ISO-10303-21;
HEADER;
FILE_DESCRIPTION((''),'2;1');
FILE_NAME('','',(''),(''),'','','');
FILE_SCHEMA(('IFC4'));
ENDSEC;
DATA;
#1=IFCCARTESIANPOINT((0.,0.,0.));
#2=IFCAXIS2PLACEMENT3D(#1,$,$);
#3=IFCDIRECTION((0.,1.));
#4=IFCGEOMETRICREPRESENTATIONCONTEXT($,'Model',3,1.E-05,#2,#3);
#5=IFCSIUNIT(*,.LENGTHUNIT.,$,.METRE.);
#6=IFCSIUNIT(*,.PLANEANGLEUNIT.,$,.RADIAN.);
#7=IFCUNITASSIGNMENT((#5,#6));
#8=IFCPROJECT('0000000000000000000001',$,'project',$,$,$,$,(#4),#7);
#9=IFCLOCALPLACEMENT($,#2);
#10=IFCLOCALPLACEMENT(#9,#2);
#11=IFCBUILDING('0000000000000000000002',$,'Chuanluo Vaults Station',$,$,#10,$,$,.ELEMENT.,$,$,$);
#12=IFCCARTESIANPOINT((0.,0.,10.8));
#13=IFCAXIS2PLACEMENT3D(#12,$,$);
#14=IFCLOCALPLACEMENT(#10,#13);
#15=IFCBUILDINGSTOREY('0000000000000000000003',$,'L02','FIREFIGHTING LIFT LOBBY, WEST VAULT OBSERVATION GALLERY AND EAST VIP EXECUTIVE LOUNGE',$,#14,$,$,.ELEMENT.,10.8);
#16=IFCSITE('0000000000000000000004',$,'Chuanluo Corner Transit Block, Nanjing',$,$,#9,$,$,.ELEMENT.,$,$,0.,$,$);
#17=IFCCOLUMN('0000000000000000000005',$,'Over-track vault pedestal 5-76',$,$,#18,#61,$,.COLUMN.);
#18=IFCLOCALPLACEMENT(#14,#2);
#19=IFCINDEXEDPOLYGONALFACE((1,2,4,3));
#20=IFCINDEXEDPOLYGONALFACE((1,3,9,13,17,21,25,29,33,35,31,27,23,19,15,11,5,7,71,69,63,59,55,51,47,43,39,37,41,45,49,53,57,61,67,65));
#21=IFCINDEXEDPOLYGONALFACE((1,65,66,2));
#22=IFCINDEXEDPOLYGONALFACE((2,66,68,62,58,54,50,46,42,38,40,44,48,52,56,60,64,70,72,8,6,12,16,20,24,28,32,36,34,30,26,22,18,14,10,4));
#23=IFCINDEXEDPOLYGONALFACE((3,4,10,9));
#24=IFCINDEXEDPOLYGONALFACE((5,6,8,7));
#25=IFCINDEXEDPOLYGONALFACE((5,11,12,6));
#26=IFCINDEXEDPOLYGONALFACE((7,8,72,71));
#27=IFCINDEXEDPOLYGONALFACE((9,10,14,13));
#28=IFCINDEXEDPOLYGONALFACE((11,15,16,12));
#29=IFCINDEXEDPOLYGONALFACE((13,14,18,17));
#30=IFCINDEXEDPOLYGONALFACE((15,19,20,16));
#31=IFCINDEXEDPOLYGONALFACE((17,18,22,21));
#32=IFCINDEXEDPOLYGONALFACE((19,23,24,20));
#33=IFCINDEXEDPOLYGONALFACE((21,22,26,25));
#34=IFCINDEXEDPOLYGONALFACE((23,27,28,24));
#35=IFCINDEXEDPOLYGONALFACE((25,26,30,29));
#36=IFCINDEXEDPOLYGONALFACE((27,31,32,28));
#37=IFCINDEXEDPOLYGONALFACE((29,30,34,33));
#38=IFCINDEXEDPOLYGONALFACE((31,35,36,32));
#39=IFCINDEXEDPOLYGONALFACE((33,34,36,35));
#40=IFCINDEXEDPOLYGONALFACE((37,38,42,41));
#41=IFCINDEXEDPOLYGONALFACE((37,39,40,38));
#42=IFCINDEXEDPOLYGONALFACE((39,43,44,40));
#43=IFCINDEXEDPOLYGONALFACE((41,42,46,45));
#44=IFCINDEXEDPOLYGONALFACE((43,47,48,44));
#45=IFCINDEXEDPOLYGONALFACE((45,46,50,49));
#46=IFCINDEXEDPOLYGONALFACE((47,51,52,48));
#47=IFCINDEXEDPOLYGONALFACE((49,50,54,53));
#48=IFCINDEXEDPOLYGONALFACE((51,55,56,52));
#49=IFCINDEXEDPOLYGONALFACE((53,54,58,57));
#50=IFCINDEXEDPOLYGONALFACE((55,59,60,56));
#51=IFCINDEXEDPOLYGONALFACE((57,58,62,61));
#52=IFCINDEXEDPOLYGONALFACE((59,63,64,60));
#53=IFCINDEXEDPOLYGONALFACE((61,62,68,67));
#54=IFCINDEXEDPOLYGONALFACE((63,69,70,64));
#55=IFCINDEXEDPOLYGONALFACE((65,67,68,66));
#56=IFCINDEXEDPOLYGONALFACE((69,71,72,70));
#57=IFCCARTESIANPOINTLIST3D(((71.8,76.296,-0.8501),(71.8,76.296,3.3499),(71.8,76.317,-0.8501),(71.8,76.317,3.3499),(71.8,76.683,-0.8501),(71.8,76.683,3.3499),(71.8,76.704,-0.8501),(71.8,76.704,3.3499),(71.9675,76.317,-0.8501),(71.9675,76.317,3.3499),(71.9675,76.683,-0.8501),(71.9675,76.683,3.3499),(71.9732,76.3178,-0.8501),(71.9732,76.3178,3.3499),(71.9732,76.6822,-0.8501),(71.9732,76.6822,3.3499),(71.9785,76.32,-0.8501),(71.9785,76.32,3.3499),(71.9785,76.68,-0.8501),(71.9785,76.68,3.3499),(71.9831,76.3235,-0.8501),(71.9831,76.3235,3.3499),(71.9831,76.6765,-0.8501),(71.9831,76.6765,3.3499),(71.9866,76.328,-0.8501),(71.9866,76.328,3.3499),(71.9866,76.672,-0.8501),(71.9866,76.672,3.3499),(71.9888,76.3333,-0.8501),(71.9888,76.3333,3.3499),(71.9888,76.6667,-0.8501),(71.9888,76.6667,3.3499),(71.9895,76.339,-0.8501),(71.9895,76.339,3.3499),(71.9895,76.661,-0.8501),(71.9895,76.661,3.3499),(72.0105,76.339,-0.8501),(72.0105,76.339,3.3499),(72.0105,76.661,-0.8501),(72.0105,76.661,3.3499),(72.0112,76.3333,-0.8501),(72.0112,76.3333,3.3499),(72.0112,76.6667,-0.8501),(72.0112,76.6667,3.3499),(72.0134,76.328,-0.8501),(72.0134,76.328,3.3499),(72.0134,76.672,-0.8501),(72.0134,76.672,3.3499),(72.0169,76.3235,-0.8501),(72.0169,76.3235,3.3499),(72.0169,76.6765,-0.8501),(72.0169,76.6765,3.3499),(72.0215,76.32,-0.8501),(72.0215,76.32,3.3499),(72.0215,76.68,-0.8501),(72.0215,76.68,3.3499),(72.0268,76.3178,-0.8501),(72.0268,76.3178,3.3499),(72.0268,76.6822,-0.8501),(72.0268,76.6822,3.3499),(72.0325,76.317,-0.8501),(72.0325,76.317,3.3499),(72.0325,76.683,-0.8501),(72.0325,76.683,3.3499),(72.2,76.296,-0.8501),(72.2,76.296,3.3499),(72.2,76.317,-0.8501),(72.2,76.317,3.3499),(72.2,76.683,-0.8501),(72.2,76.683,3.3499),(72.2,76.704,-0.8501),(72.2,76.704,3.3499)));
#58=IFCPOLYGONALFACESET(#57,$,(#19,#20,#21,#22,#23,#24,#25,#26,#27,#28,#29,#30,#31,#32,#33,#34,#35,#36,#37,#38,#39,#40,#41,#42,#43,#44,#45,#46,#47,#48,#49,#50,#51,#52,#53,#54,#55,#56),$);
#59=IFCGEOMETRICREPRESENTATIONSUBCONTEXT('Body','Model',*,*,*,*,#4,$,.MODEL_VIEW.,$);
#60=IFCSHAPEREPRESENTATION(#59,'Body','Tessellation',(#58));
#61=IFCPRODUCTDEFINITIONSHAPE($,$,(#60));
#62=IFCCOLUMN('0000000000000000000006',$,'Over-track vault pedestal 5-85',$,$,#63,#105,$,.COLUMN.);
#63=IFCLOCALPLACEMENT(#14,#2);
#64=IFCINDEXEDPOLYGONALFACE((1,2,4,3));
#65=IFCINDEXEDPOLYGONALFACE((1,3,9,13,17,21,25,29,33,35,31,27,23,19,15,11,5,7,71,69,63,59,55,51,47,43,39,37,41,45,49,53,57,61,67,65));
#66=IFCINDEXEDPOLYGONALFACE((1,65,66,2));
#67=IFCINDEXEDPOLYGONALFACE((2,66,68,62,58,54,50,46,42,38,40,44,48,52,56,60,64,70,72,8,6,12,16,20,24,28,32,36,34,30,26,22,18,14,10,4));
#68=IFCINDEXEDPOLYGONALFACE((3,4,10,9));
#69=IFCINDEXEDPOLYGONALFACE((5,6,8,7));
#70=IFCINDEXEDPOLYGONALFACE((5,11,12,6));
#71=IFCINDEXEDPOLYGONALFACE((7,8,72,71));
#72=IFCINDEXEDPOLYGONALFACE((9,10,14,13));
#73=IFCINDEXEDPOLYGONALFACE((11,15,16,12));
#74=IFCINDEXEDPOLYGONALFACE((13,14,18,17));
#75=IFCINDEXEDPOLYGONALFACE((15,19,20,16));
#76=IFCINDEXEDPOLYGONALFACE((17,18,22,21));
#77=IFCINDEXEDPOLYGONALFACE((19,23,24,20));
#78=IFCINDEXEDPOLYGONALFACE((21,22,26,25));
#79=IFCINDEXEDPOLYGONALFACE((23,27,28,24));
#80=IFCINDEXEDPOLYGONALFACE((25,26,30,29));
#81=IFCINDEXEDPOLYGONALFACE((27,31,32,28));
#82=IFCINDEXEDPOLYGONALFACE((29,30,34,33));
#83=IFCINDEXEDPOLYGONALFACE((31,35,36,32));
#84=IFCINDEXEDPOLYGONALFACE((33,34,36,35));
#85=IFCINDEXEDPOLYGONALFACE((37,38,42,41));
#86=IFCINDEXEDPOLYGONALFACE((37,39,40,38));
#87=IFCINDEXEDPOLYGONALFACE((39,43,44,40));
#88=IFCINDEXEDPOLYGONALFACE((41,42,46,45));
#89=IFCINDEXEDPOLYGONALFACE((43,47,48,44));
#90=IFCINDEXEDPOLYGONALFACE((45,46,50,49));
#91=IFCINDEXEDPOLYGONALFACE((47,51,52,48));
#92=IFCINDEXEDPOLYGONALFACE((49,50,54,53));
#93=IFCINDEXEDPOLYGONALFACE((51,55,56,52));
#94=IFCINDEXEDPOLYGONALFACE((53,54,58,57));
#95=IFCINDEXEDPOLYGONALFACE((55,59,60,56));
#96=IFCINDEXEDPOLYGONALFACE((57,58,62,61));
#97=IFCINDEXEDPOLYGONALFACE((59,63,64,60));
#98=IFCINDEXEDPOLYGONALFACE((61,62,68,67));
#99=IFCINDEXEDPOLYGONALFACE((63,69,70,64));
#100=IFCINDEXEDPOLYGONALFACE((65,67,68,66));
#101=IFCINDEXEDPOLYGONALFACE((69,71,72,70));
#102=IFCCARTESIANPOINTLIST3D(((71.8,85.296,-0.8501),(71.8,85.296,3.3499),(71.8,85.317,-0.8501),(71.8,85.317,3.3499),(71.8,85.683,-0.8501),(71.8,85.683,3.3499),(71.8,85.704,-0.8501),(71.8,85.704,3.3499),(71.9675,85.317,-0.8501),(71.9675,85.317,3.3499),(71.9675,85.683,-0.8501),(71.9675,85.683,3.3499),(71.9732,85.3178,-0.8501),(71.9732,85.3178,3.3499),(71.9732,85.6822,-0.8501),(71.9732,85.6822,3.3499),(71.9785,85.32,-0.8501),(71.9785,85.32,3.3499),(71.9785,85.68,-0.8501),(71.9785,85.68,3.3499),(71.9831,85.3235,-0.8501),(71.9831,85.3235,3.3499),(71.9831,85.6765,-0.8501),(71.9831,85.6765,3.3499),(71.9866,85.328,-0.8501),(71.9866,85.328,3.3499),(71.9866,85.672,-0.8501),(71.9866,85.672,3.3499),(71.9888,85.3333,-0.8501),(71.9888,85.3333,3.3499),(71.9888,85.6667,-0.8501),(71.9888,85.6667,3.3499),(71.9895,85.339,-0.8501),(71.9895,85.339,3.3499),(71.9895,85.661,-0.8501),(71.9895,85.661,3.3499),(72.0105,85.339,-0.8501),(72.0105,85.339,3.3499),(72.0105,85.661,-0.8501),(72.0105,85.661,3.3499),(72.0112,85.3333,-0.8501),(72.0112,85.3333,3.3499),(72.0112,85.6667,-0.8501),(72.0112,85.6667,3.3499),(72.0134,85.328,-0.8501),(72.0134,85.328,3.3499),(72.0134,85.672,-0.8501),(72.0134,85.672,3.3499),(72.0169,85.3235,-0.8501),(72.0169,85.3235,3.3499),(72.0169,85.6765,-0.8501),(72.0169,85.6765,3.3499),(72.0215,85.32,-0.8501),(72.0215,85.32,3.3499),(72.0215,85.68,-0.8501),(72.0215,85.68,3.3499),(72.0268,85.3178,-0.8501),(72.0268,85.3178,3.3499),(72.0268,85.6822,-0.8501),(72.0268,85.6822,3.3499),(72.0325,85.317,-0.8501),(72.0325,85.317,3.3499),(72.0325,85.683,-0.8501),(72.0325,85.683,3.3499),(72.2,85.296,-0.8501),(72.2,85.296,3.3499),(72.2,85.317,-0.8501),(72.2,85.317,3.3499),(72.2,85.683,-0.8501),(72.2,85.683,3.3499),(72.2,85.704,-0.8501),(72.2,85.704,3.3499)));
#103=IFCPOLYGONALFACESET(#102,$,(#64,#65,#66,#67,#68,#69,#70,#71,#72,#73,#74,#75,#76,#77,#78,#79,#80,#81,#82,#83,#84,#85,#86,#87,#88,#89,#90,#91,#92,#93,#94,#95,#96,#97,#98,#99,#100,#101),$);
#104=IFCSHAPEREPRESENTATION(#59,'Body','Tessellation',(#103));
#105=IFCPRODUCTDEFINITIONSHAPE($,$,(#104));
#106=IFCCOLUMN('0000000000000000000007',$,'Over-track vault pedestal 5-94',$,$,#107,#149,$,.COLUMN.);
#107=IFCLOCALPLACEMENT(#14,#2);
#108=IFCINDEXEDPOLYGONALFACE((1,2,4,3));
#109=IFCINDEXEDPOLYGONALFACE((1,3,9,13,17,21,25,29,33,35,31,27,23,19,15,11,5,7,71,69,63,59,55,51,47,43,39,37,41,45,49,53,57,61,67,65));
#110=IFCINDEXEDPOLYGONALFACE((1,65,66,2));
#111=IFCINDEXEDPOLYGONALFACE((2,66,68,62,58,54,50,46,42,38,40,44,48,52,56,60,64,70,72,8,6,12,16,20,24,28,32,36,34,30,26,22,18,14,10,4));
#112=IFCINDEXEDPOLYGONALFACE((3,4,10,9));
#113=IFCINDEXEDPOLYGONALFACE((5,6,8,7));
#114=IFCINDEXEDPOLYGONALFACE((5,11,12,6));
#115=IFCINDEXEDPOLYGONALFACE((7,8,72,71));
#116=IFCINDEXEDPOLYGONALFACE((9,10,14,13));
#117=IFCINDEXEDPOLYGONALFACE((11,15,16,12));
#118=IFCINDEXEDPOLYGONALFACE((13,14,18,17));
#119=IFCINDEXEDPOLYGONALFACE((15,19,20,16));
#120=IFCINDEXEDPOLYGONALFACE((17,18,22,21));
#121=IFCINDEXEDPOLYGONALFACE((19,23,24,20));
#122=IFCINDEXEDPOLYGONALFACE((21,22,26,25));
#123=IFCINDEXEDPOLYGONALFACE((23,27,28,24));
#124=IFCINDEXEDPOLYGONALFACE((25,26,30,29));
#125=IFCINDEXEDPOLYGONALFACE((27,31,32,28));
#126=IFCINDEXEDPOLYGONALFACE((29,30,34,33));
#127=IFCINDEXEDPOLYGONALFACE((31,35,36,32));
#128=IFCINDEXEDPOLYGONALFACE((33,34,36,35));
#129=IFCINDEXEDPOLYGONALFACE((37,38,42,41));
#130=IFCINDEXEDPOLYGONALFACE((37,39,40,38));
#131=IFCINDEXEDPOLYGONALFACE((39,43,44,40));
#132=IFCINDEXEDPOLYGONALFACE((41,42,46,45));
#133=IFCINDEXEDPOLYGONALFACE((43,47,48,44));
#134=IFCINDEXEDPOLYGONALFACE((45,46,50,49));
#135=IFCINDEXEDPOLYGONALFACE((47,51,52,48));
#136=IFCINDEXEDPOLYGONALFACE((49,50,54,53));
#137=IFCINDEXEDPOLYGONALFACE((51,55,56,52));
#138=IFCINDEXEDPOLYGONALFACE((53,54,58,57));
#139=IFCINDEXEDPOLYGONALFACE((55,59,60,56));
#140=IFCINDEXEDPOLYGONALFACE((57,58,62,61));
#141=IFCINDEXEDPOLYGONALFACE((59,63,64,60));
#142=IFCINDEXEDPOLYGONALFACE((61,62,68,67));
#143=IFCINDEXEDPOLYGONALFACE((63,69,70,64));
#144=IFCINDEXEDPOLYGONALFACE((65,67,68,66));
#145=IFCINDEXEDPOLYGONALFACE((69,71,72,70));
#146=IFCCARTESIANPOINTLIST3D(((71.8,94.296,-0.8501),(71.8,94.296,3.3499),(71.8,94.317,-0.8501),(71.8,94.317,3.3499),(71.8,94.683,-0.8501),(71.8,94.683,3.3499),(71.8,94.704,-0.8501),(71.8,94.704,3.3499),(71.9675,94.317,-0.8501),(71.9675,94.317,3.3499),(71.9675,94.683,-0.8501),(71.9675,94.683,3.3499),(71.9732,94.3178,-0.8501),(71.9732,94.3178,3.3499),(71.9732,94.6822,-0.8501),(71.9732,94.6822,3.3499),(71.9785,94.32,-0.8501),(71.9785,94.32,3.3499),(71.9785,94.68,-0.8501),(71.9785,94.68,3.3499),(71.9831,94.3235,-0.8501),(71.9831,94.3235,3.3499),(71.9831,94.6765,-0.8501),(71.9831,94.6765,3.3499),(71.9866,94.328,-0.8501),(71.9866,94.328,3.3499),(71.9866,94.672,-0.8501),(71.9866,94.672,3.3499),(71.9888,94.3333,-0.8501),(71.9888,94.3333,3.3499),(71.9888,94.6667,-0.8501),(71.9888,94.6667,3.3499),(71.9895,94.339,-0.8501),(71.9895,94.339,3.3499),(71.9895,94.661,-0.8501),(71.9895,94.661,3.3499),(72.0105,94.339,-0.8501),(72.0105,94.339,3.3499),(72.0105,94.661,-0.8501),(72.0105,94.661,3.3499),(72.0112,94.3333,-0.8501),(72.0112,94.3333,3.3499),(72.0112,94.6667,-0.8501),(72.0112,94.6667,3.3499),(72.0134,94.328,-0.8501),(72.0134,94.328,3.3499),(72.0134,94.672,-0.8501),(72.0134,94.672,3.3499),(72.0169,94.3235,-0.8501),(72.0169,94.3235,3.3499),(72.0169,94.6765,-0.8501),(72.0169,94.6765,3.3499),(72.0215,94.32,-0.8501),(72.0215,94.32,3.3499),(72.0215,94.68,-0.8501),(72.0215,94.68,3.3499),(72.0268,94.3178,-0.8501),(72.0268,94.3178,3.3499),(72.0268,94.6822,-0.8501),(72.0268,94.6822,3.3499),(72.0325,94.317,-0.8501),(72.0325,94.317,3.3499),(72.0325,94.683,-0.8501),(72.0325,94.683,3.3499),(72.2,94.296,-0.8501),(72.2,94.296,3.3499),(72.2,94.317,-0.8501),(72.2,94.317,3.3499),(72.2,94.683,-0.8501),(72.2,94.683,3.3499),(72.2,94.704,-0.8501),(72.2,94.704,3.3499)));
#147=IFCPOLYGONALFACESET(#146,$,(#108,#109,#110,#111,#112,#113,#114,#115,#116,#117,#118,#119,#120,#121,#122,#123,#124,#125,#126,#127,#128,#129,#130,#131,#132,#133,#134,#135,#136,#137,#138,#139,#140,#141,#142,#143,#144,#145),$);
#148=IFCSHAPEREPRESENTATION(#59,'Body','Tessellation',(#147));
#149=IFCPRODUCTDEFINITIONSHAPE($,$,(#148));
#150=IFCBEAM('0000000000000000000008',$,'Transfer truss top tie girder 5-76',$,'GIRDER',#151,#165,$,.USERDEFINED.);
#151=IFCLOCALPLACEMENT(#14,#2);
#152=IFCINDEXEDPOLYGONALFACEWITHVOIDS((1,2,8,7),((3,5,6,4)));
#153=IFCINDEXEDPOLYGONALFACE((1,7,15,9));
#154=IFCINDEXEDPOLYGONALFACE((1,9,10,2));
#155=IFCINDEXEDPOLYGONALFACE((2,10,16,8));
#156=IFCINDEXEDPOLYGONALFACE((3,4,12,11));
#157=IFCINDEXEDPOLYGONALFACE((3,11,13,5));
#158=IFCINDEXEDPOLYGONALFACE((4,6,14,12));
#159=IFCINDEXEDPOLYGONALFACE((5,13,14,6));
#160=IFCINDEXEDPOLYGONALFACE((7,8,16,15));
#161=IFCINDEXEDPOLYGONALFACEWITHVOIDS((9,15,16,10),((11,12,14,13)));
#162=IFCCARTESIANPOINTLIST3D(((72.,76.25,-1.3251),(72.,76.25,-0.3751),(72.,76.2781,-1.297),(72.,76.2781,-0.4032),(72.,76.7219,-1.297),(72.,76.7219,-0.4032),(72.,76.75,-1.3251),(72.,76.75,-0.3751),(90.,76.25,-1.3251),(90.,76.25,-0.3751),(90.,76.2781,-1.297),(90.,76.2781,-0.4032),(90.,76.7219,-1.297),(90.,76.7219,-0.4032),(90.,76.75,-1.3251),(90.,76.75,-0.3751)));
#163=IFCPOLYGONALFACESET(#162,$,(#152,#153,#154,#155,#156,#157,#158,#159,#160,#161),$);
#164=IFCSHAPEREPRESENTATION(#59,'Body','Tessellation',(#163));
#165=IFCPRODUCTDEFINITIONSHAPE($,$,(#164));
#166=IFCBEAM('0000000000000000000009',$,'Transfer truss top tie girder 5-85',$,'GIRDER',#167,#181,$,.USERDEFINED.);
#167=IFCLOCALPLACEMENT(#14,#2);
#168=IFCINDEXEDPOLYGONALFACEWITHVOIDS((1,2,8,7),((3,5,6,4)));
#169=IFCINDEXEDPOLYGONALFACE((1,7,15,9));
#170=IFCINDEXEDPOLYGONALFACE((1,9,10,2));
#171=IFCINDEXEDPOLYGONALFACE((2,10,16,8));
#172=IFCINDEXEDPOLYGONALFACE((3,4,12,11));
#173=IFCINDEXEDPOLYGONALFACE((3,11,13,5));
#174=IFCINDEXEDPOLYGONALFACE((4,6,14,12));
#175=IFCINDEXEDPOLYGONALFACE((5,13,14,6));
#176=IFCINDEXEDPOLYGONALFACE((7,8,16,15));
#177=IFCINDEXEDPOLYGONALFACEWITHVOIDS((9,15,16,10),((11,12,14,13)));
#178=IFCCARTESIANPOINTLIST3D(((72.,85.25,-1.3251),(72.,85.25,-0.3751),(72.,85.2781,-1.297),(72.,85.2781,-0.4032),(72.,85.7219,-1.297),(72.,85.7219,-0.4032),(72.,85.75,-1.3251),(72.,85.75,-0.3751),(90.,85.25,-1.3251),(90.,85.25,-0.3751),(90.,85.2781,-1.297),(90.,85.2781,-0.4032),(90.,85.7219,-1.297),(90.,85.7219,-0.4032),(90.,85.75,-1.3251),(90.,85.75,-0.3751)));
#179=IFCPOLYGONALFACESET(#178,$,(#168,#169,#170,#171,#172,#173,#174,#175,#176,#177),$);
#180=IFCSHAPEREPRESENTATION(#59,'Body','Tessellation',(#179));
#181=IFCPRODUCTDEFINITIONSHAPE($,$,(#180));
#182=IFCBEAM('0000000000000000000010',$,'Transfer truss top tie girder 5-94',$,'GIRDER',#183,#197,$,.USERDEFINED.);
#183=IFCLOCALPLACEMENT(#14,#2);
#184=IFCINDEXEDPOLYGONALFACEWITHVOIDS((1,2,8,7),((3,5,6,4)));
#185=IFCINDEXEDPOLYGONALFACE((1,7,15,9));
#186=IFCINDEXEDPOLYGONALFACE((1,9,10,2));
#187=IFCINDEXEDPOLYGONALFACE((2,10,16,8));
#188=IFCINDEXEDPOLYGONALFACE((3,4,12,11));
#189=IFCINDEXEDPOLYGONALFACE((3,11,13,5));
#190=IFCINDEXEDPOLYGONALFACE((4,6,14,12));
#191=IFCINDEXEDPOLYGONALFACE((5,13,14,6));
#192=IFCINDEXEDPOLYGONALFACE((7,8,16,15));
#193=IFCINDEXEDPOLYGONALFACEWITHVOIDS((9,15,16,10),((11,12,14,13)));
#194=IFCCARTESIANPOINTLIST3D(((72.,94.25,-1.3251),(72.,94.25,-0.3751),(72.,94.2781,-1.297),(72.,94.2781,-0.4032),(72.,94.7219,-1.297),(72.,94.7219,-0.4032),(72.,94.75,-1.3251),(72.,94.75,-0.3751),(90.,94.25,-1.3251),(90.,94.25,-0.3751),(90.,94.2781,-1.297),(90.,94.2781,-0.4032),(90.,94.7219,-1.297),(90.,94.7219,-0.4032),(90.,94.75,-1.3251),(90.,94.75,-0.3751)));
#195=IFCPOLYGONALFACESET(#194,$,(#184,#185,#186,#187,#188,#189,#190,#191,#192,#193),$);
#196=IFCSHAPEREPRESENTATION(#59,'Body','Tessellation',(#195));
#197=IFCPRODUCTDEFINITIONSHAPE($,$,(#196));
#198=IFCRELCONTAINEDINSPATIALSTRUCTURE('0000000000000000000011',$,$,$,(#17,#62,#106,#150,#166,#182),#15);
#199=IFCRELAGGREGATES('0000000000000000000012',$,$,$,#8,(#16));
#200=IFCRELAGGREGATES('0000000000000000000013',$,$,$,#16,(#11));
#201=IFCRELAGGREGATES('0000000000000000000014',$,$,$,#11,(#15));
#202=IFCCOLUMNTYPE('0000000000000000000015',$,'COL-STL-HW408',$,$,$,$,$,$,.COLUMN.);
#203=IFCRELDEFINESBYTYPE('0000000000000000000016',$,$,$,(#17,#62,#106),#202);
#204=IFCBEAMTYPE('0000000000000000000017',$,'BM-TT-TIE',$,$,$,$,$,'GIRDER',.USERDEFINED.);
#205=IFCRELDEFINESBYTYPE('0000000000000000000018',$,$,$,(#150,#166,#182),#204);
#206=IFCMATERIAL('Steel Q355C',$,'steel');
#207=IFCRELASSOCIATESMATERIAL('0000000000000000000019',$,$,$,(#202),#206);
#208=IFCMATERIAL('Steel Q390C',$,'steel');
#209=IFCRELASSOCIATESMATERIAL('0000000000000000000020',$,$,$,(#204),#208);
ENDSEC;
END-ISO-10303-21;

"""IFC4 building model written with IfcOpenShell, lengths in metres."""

from ifc_helpers import new_model, si_unit, direction, frame, origin, origin_2d, place, context, subcontext, project, spatial, hollow_rectangle, i_section, extrude, material, material_profile, profile_set, type_object, element, save


model = new_model("IFC4")

# Units and contexts
model_context = context("Model", 3, precision=1e-05, world=origin(), true_north=direction((0.0, 1.0)))
body_context = subcontext(model_context, "Body", "Model", "MODEL_VIEW")
ifc_project = project(units=[si_unit("LENGTHUNIT", "METRE"), si_unit("PLANEANGLEUNIT", "RADIAN")], contexts=[model_context])

# Site, building, storey
site_placement = place(None, origin())
site = spatial("IfcSite", under=ifc_project, at=site_placement, Name="Chuanluo Corner Transit Block, Nanjing", CompositionType="ELEMENT", RefElevation=0.0)
building_placement = place(site_placement, origin())
building = spatial("IfcBuilding", under=site, at=building_placement, Name="Chuanluo Vaults Station", CompositionType="ELEMENT")
storey_placement = place(building_placement, frame((0.0, 0.0, 10.8)))
storey = spatial("IfcBuildingStorey", under=building, at=storey_placement, Name="L02", Description="FIREFIGHTING LIFT LOBBY, WEST VAULT OBSERVATION GALLERY AND EAST VIP EXECUTIVE LOUNGE", CompositionType="ELEMENT", Elevation=10.8)

# Columns
ifc_material_1 = material(Name="Steel Q355C", Category="steel")
ifc_material_profile_1 = material_profile(ifc_material_1, i_section(OverallWidth=0.3999, OverallDepth=0.408, WebThickness=0.021, FlangeThickness=0.021, FilletRadius=0.022, at=origin_2d()))
ifc_profile_set_1 = profile_set([ifc_material_profile_1], Name="Steel Q355C")
column_type = type_object("IfcColumnType", Name="COL-STL-HW408", PredefinedType="COLUMN", material=ifc_profile_set_1)
for number, where, z_axis, x_axis, name in (
    (1, (72.0, 76.5, -0.8501), (0.0, 0.0, 1.0), (1.0, 0.0, 0.0), "Over-track vault pedestal 5-76"),
    (2, (72.0, 85.5, -0.8501), (0.0, 0.0, 1.0), (1.0, 0.0, 0.0), "Over-track vault pedestal 5-85"),
    (3, (72.0, 94.5, -0.8501), (0.0, 0.0, 1.0), (1.0, 0.0, 0.0), "Over-track vault pedestal 5-94"),
):
    element("IfcColumn", number, at=place(storey_placement, frame(where, z_axis=z_axis, x_axis=x_axis)), inside=storey, type_object=column_type, Name=name, PredefinedType="COLUMN", context=body_context, shape_type="SweptSolid", body=[
        extrude(i_section(OverallWidth=0.3999, OverallDepth=0.408, WebThickness=0.021, FlangeThickness=0.021, FilletRadius=0.022, at=origin_2d()), origin(), (0.0, 0.0, 1.0), 4.2),
    ])

# Beams
ifc_material_2 = material(Name="Steel Q390C", Category="steel")
ifc_material_profile_2 = material_profile(ifc_material_2, hollow_rectangle(XDim=0.5, YDim=0.95, WallThickness=0.0281, at=origin_2d()))
ifc_profile_set_2 = profile_set([ifc_material_profile_2], Name="Steel Q390C")
beam_type_1 = type_object("IfcBeamType", Name="BM-TT-TIE", ElementType="GIRDER", PredefinedType="USERDEFINED", material=ifc_profile_set_2)
for number, where, z_axis, x_axis, name in (
    (4, (72.0, 76.5, -0.8501), (1.0, 0.0, 0.0), (0.0, 1.0, 0.0), "Transfer truss top tie girder 5-76"),
    (5, (72.0, 85.5, -0.8501), (1.0, 0.0, 0.0), (0.0, 1.0, 0.0), "Transfer truss top tie girder 5-85"),
    (6, (72.0, 94.5, -0.8501), (1.0, 0.0, 0.0), (0.0, 1.0, 0.0), "Transfer truss top tie girder 5-94"),
):
    element("IfcBeam", number, at=place(storey_placement, frame(where, z_axis=z_axis, x_axis=x_axis)), inside=storey, type_object=beam_type_1, Name=name, ObjectType="GIRDER", PredefinedType="USERDEFINED", context=body_context, shape_type="SweptSolid", body=[
        extrude(hollow_rectangle(XDim=0.5, YDim=0.95, WallThickness=0.0281, at=origin_2d()), origin(), (0.0, 0.0, 1.0), 18.0),
    ])

save(model, "model.ifc")
